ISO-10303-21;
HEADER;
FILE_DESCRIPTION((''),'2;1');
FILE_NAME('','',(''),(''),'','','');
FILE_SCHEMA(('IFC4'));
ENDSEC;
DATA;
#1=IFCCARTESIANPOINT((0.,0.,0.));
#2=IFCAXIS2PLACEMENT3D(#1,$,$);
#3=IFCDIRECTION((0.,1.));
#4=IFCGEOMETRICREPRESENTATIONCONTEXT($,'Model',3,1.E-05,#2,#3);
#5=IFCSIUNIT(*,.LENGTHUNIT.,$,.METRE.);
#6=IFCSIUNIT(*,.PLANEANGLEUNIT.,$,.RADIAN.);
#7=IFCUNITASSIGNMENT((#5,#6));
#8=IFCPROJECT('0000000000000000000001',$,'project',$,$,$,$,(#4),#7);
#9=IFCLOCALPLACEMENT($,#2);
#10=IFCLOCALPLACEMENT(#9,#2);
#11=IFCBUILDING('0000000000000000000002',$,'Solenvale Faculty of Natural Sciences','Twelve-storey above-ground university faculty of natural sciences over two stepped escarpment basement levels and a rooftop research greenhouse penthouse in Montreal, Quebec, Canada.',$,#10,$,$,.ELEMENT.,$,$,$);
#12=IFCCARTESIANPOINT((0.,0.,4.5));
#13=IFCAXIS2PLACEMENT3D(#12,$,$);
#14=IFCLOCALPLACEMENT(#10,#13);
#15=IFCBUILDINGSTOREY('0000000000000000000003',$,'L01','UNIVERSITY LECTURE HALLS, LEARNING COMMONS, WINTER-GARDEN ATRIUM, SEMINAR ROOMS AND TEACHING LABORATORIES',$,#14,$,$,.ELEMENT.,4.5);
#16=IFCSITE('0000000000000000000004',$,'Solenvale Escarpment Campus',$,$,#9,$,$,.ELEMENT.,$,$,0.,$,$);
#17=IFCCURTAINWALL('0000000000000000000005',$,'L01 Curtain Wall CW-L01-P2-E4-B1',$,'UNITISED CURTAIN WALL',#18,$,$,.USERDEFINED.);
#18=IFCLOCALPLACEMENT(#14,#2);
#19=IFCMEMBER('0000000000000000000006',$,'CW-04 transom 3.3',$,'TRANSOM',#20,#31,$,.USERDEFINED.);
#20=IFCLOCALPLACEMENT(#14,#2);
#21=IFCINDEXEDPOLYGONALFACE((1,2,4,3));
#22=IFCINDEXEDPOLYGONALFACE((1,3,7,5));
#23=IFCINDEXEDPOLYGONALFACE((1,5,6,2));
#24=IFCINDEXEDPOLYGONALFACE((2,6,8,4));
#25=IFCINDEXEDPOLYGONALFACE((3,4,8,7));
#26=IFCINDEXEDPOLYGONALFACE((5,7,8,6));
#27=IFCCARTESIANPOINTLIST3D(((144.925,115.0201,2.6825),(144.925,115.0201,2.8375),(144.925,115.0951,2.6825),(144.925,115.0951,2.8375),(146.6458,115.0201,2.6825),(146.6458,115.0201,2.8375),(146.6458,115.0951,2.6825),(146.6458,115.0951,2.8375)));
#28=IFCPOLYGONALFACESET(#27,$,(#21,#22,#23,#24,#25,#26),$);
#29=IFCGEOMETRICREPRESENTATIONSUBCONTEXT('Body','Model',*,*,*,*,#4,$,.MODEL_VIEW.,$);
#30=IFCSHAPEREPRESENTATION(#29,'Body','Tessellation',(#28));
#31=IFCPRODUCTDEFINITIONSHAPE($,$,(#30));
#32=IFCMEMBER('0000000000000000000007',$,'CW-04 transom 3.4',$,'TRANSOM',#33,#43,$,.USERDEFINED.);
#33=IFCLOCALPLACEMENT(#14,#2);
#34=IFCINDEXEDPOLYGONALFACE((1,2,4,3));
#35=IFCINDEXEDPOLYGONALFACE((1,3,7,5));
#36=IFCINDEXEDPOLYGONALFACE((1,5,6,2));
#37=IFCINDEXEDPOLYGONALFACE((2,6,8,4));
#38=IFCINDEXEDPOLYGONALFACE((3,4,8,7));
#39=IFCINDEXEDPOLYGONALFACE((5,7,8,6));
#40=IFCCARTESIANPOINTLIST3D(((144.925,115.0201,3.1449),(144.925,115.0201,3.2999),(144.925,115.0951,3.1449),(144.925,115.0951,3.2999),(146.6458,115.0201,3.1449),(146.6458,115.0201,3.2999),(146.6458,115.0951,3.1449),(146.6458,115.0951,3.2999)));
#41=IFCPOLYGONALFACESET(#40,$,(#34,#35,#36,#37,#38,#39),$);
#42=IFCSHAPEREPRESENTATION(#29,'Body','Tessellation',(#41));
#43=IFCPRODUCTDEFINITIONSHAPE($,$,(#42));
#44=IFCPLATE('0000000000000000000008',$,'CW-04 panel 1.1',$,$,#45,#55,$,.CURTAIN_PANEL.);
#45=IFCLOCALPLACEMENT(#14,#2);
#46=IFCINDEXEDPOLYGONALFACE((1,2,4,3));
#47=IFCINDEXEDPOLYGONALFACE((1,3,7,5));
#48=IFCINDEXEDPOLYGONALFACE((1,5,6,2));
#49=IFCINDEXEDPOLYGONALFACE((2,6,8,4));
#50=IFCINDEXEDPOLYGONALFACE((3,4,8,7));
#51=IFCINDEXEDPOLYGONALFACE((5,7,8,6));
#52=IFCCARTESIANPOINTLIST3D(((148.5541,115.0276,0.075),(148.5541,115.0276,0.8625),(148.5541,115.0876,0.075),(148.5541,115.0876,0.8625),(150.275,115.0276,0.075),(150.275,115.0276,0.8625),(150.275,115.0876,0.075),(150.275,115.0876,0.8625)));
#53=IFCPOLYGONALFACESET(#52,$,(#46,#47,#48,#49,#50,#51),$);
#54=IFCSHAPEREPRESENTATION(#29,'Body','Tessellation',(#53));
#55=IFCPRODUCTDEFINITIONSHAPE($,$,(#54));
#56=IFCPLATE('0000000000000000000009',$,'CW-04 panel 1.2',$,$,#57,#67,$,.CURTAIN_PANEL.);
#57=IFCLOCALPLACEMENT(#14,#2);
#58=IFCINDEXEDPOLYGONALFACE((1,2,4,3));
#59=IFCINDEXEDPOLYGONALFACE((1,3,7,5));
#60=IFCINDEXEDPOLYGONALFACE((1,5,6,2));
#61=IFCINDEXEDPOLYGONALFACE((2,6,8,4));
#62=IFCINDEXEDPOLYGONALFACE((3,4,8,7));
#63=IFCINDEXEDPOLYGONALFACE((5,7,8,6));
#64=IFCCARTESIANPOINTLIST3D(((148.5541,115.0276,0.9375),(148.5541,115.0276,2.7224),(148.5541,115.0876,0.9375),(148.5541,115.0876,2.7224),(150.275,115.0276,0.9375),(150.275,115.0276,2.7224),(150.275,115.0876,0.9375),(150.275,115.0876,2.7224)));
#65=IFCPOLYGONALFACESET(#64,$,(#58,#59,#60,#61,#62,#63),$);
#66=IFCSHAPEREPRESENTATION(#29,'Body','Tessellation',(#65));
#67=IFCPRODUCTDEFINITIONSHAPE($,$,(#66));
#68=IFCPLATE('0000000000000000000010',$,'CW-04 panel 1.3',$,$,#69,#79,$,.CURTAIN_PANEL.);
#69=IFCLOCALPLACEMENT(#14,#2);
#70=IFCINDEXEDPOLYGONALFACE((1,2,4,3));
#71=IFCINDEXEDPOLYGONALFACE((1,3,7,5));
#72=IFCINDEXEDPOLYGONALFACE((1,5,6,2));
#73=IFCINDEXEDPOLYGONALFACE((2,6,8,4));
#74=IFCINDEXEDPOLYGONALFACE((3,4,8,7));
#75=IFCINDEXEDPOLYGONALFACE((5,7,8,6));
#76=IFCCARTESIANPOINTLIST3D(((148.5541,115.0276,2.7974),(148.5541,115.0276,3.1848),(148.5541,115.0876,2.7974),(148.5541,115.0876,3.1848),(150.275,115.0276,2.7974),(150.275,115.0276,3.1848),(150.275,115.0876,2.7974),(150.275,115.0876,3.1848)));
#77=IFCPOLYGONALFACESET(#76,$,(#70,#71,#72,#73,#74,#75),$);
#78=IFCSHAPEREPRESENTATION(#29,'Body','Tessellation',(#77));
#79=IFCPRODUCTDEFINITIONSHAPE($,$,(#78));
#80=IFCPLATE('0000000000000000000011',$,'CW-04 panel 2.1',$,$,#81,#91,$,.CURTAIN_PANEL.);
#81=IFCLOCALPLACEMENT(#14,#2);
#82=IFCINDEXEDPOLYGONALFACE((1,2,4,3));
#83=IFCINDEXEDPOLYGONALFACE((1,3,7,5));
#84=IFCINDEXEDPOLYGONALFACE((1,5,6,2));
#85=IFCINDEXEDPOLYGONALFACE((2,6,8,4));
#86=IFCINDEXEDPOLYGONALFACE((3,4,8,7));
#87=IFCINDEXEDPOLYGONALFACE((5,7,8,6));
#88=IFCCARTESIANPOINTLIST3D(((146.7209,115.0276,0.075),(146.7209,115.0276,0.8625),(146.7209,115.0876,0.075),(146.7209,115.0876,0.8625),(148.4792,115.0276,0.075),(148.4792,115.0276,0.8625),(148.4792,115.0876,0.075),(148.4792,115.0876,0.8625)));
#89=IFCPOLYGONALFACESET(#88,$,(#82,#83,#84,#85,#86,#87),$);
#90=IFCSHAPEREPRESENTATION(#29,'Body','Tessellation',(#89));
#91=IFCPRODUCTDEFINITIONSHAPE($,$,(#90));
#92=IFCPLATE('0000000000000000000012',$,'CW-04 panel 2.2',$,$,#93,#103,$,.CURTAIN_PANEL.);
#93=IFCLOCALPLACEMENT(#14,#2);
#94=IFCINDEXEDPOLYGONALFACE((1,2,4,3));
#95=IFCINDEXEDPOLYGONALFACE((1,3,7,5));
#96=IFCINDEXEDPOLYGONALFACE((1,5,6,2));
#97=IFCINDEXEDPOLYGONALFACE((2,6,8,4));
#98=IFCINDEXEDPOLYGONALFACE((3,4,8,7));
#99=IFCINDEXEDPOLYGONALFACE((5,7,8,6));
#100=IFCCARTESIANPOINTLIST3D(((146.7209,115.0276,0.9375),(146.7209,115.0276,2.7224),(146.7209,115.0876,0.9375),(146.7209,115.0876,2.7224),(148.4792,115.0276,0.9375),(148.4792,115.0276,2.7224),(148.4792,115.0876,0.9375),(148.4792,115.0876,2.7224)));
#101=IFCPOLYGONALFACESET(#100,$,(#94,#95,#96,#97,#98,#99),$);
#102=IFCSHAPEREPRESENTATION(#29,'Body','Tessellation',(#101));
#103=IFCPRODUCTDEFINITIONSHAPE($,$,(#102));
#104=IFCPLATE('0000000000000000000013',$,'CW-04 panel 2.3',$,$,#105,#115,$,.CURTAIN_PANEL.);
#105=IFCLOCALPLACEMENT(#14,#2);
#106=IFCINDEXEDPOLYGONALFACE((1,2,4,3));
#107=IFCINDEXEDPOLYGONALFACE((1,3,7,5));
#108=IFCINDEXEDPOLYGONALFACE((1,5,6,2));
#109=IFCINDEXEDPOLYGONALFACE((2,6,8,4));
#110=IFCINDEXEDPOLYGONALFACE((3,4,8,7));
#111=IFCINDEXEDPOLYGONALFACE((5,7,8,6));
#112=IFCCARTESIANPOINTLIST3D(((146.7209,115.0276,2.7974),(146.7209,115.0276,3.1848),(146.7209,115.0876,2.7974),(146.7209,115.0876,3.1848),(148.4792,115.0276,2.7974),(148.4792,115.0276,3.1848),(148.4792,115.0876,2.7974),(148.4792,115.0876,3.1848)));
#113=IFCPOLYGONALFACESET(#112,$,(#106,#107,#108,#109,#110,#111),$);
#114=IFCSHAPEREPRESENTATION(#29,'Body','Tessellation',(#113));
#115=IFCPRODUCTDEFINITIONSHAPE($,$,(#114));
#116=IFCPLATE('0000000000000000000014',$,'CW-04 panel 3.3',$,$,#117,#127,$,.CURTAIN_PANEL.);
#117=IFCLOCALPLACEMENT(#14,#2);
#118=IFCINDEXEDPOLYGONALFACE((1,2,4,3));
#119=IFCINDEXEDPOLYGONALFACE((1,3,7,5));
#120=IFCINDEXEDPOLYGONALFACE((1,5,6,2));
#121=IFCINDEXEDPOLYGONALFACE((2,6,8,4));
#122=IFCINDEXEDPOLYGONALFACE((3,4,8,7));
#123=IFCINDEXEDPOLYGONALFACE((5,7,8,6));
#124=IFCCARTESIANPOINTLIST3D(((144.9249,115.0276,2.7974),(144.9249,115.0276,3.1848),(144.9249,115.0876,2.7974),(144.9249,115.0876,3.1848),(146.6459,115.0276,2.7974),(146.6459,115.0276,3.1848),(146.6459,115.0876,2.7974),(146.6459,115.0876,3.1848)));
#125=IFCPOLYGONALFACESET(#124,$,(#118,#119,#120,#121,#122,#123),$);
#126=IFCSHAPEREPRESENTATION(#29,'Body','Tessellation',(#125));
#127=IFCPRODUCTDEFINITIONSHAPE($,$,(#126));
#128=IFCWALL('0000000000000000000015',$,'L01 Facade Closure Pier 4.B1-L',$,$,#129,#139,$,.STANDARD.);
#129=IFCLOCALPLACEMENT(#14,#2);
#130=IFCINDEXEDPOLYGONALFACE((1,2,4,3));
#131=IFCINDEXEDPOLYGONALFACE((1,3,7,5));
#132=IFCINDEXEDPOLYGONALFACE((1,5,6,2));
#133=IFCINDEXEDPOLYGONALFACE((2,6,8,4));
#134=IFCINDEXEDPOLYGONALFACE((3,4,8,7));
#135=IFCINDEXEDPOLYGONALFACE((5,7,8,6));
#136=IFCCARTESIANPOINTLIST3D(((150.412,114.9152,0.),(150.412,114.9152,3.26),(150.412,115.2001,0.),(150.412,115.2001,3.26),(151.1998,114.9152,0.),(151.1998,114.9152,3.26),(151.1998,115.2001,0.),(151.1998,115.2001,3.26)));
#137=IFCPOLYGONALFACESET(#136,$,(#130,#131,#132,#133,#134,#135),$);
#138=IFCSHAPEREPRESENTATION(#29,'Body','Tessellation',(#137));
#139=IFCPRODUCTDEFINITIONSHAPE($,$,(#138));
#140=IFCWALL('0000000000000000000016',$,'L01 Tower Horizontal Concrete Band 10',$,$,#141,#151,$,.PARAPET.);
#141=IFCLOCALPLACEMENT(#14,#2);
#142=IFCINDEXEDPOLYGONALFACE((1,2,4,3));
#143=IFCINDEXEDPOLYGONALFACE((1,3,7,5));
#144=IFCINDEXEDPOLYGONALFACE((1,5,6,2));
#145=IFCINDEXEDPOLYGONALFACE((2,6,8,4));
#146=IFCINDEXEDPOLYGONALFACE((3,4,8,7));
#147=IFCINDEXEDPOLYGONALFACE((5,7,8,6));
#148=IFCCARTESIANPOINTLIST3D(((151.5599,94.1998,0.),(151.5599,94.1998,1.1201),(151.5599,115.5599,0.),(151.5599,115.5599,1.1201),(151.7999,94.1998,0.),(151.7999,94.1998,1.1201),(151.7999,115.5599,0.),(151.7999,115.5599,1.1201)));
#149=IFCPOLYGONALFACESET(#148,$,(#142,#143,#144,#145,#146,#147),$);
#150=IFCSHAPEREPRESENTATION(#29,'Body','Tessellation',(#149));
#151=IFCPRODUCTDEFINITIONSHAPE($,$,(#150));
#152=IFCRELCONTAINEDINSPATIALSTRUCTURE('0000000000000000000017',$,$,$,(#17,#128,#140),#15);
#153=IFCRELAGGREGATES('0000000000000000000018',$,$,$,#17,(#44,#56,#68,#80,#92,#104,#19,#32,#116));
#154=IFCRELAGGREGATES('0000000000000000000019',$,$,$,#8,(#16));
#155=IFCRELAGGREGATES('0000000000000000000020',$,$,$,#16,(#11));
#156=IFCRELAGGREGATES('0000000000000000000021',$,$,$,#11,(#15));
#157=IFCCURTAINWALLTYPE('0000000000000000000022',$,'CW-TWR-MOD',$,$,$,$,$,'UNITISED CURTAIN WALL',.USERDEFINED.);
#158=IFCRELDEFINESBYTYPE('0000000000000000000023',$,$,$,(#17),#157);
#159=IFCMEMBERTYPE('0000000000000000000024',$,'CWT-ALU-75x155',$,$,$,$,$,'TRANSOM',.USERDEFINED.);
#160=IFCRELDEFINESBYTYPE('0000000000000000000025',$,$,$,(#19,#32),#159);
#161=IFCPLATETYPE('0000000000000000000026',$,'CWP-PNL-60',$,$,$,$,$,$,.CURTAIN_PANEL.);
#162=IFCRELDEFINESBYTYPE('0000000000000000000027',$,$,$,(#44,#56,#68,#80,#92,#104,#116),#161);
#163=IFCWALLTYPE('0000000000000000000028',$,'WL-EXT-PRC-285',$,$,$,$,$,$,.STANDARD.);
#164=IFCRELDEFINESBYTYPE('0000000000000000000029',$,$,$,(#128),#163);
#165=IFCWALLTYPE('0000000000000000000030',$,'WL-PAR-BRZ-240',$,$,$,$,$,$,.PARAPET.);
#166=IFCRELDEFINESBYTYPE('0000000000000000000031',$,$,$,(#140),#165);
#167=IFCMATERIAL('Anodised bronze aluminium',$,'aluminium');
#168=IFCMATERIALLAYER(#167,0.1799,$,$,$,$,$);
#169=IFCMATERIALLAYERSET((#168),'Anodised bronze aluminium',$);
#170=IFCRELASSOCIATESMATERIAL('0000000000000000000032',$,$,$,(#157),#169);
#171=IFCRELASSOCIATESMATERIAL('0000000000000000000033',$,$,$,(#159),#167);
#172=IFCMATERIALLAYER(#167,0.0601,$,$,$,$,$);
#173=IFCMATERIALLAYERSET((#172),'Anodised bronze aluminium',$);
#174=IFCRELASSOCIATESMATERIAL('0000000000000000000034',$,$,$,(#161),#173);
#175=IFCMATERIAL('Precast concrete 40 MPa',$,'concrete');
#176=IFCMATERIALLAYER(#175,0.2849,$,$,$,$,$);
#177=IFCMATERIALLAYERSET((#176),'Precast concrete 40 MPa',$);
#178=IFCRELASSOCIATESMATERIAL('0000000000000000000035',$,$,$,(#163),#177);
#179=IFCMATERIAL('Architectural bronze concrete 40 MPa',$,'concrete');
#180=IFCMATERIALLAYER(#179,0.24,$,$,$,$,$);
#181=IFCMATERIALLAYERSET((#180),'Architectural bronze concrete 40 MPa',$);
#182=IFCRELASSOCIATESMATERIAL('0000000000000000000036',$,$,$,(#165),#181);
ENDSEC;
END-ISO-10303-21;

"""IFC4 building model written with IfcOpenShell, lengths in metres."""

from ifc_helpers import new_model, si_unit, direction, frame, frame_2d, origin, origin_2d, place, context, subcontext, project, spatial, rectangle, extrude, material, layer, layer_set, material_profile, profile_set, type_object, element, aggregate, save


model = new_model("IFC4")

# Units and contexts
model_context = context("Model", 3, precision=1e-05, world=origin(), true_north=direction((0.0, 1.0)))
body_context = subcontext(model_context, "Body", "Model", "MODEL_VIEW")
ifc_project = project(units=[si_unit("LENGTHUNIT", "METRE"), si_unit("PLANEANGLEUNIT", "RADIAN")], contexts=[model_context])

# Site, building, storey
site_placement = place(None, origin())
site = spatial("IfcSite", under=ifc_project, at=site_placement, Name="Solenvale Escarpment Campus", CompositionType="ELEMENT", RefElevation=0.0)
building_placement = place(site_placement, origin())
building = spatial("IfcBuilding", under=site, at=building_placement, Name="Solenvale Faculty of Natural Sciences", Description="Twelve-storey above-ground university faculty of natural sciences over two stepped escarpment basement levels and a rooftop research greenhouse penthouse in Montreal, Quebec, Canada.", CompositionType="ELEMENT")
storey_placement = place(building_placement, frame((0.0, 0.0, 4.5)))
storey = spatial("IfcBuildingStorey", under=building, at=storey_placement, Name="L01", Description="UNIVERSITY LECTURE HALLS, LEARNING COMMONS, WINTER-GARDEN ATRIUM, SEMINAR ROOMS AND TEACHING LABORATORIES", CompositionType="ELEMENT", Elevation=4.5)

# Curtain wall, members, plates
ifc_material_1 = material(Name="Anodised bronze aluminium", Category="aluminium")
ifc_layer_1 = layer(ifc_material_1, 0.1799)
ifc_layer_set_1 = layer_set([ifc_layer_1], Name="Anodised bronze aluminium")
curtain_wall_type = type_object("IfcCurtainWallType", Name="CW-TWR-MOD", ElementType="UNITISED CURTAIN WALL", PredefinedType="USERDEFINED", material=ifc_layer_set_1)
curtain_wall_placement = place(storey_placement, origin())
curtain_wall = element("IfcCurtainWall", 1, at=curtain_wall_placement, inside=storey, type_object=curtain_wall_type, Name="L01 Curtain Wall CW-L01-P2-E4-B1", ObjectType="UNITISED CURTAIN WALL", PredefinedType="USERDEFINED")
ifc_material_profile_1 = material_profile(ifc_material_1, rectangle(XDim=0.075, YDim=0.155, at=origin_2d()), Name="ALU-TRN-75x155")
ifc_profile_set_1 = profile_set([ifc_material_profile_1], Name="Anodised bronze aluminium")
member_type_1 = type_object("IfcMemberType", Name="CWT-ALU-75x155", ElementType="TRANSOM", PredefinedType="USERDEFINED", material=ifc_profile_set_1)
member_1_placement = place(storey_placement, frame((146.6458, 115.0576, 2.76), z_axis=(-1.0, 0.0, 0.0), x_axis=(0.0, -1.0, 0.0)))
member_1 = element("IfcMember", 2, at=member_1_placement, type_object=member_type_1, Name="CW-04 transom 3.3", ObjectType="TRANSOM", PredefinedType="USERDEFINED", context=body_context, shape_type="SweptSolid", body=[
    extrude(rectangle(XDim=0.075, YDim=0.155, at=origin_2d()), origin(), (0.0, 0.0, 1.0), 1.7207),
])
member_2_placement = place(storey_placement, frame((146.6458, 115.0576, 3.2224), z_axis=(-1.0, 0.0, 0.0), x_axis=(0.0, -1.0, 0.0)))
member_2 = element("IfcMember", 3, at=member_2_placement, type_object=member_type_1, Name="CW-04 transom 3.4", ObjectType="TRANSOM", PredefinedType="USERDEFINED", context=body_context, shape_type="SweptSolid", body=[
    extrude(rectangle(XDim=0.075, YDim=0.155, at=origin_2d()), origin(), (0.0, 0.0, 1.0), 1.7207),
])
ifc_layer_2 = layer(ifc_material_1, 0.0601)
ifc_layer_set_2 = layer_set([ifc_layer_2], Name="Anodised bronze aluminium")
plate_type = type_object("IfcPlateType", Name="CWP-PNL-60", PredefinedType="CURTAIN_PANEL", material=ifc_layer_set_2)
plate_1_placement = place(storey_placement, frame((149.4146, 115.0576, 0.075), z_axis=(0.0, 0.0, 1.0), x_axis=(-1.0, 0.0, 0.0)))
plate_1 = element("IfcPlate", 4, at=plate_1_placement, type_object=plate_type, Name="CW-04 panel 1.1", PredefinedType="CURTAIN_PANEL", context=body_context, shape_type="SweptSolid", body=[
    extrude(rectangle(XDim=1.7209, YDim=0.0601, at=origin_2d()), origin(), (0.0, 0.0, 1.0), 0.7876),
])
plate_2_placement = place(storey_placement, frame((149.4146, 115.0576, 0.9375), z_axis=(0.0, 0.0, 1.0), x_axis=(-1.0, 0.0, 0.0)))
plate_2 = element("IfcPlate", 5, at=plate_2_placement, type_object=plate_type, Name="CW-04 panel 1.2", PredefinedType="CURTAIN_PANEL", context=body_context, shape_type="SweptSolid", body=[
    extrude(rectangle(XDim=1.7209, YDim=0.0601, at=origin_2d()), origin(), (0.0, 0.0, 1.0), 1.7849),
])
plate_3_placement = place(storey_placement, frame((149.4146, 115.0576, 2.7974), z_axis=(0.0, 0.0, 1.0), x_axis=(-1.0, 0.0, 0.0)))
plate_3 = element("IfcPlate", 6, at=plate_3_placement, type_object=plate_type, Name="CW-04 panel 1.3", PredefinedType="CURTAIN_PANEL", context=body_context, shape_type="SweptSolid", body=[
    extrude(rectangle(XDim=1.7209, YDim=0.0601, at=origin_2d()), origin(), (0.0, 0.0, 1.0), 0.3875),
])
plate_4_placement = place(storey_placement, frame((147.6001, 115.0576, 0.075), z_axis=(0.0, 0.0, 1.0), x_axis=(-1.0, 0.0, 0.0)))
plate_4 = element("IfcPlate", 7, at=plate_4_placement, type_object=plate_type, Name="CW-04 panel 2.1", PredefinedType="CURTAIN_PANEL", context=body_context, shape_type="SweptSolid", body=[
    extrude(rectangle(XDim=1.7583, YDim=0.0601, at=origin_2d()), origin(), (0.0, 0.0, 1.0), 0.7876),
])
plate_5_placement = place(storey_placement, frame((147.6001, 115.0576, 0.9375), z_axis=(0.0, 0.0, 1.0), x_axis=(-1.0, 0.0, 0.0)))
plate_5 = element("IfcPlate", 8, at=plate_5_placement, type_object=plate_type, Name="CW-04 panel 2.2", PredefinedType="CURTAIN_PANEL", context=body_context, shape_type="SweptSolid", body=[
    extrude(rectangle(XDim=1.7583, YDim=0.0601, at=origin_2d()), origin(), (0.0, 0.0, 1.0), 1.7849),
])
plate_6_placement = place(storey_placement, frame((147.6001, 115.0576, 2.7974), z_axis=(0.0, 0.0, 1.0), x_axis=(-1.0, 0.0, 0.0)))
plate_6 = element("IfcPlate", 9, at=plate_6_placement, type_object=plate_type, Name="CW-04 panel 2.3", PredefinedType="CURTAIN_PANEL", context=body_context, shape_type="SweptSolid", body=[
    extrude(rectangle(XDim=1.7583, YDim=0.0601, at=origin_2d()), origin(), (0.0, 0.0, 1.0), 0.3875),
])
plate_7_placement = place(storey_placement, frame((145.7854, 115.0576, 2.7974), z_axis=(0.0, 0.0, 1.0), x_axis=(-1.0, 0.0, 0.0)))
plate_7 = element("IfcPlate", 10, at=plate_7_placement, type_object=plate_type, Name="CW-04 panel 3.3", PredefinedType="CURTAIN_PANEL", context=body_context, shape_type="SweptSolid", body=[
    extrude(rectangle(XDim=1.7209, YDim=0.0601, at=origin_2d()), origin(), (0.0, 0.0, 1.0), 0.3875),
])
aggregate(curtain_wall, [plate_1, plate_2, plate_3, plate_4, plate_5, plate_6, member_1, member_2, plate_7])

# Walls
ifc_material_2 = material(Name="Precast concrete 40 MPa", Category="concrete")
ifc_layer_3 = layer(ifc_material_2, 0.2849)
ifc_layer_set_3 = layer_set([ifc_layer_3], Name="Precast concrete 40 MPa")
wall_type_1 = type_object("IfcWallType", Name="WL-EXT-PRC-285", PredefinedType="STANDARD", material=ifc_layer_set_3)
wall_1_placement = place(storey_placement, frame((151.2, 115.0576, 0.0), z_axis=(0.0, 0.0, 1.0), x_axis=(-1.0, 0.0, 0.0)))
element("IfcWall", 11, at=wall_1_placement, inside=storey, type_object=wall_type_1, Name="L01 Facade Closure Pier 4.B1-L", PredefinedType="STANDARD", context=body_context, shape_type="SweptSolid", body=[
    extrude(rectangle(XDim=0.7878, YDim=0.2849, at=frame_2d((0.394, 0.0))), origin(), (0.0, 0.0, 1.0), 3.26),
])
ifc_material_3 = material(Name="Architectural bronze concrete 40 MPa", Category="concrete")
ifc_layer_4 = layer(ifc_material_3, 0.24)
ifc_layer_set_4 = layer_set([ifc_layer_4], Name="Architectural bronze concrete 40 MPa")
wall_type_2 = type_object("IfcWallType", Name="WL-PAR-BRZ-240", PredefinedType="PARAPET", material=ifc_layer_set_4)
wall_2_placement = place(storey_placement, frame((151.6799, 115.5601, 0.0), z_axis=(0.0, 0.0, 1.0), x_axis=(0.0, -1.0, 0.0)))
element("IfcWall", 12, at=wall_2_placement, inside=storey, type_object=wall_type_2, Name="L01 Tower Horizontal Concrete Band 10", PredefinedType="PARAPET", context=body_context, shape_type="SweptSolid", body=[
    extrude(rectangle(XDim=21.3601, YDim=0.24, at=frame_2d((10.6802, 0.0))), origin(), (0.0, 0.0, 1.0), 1.1201),
])

save(model, "model.ifc")
